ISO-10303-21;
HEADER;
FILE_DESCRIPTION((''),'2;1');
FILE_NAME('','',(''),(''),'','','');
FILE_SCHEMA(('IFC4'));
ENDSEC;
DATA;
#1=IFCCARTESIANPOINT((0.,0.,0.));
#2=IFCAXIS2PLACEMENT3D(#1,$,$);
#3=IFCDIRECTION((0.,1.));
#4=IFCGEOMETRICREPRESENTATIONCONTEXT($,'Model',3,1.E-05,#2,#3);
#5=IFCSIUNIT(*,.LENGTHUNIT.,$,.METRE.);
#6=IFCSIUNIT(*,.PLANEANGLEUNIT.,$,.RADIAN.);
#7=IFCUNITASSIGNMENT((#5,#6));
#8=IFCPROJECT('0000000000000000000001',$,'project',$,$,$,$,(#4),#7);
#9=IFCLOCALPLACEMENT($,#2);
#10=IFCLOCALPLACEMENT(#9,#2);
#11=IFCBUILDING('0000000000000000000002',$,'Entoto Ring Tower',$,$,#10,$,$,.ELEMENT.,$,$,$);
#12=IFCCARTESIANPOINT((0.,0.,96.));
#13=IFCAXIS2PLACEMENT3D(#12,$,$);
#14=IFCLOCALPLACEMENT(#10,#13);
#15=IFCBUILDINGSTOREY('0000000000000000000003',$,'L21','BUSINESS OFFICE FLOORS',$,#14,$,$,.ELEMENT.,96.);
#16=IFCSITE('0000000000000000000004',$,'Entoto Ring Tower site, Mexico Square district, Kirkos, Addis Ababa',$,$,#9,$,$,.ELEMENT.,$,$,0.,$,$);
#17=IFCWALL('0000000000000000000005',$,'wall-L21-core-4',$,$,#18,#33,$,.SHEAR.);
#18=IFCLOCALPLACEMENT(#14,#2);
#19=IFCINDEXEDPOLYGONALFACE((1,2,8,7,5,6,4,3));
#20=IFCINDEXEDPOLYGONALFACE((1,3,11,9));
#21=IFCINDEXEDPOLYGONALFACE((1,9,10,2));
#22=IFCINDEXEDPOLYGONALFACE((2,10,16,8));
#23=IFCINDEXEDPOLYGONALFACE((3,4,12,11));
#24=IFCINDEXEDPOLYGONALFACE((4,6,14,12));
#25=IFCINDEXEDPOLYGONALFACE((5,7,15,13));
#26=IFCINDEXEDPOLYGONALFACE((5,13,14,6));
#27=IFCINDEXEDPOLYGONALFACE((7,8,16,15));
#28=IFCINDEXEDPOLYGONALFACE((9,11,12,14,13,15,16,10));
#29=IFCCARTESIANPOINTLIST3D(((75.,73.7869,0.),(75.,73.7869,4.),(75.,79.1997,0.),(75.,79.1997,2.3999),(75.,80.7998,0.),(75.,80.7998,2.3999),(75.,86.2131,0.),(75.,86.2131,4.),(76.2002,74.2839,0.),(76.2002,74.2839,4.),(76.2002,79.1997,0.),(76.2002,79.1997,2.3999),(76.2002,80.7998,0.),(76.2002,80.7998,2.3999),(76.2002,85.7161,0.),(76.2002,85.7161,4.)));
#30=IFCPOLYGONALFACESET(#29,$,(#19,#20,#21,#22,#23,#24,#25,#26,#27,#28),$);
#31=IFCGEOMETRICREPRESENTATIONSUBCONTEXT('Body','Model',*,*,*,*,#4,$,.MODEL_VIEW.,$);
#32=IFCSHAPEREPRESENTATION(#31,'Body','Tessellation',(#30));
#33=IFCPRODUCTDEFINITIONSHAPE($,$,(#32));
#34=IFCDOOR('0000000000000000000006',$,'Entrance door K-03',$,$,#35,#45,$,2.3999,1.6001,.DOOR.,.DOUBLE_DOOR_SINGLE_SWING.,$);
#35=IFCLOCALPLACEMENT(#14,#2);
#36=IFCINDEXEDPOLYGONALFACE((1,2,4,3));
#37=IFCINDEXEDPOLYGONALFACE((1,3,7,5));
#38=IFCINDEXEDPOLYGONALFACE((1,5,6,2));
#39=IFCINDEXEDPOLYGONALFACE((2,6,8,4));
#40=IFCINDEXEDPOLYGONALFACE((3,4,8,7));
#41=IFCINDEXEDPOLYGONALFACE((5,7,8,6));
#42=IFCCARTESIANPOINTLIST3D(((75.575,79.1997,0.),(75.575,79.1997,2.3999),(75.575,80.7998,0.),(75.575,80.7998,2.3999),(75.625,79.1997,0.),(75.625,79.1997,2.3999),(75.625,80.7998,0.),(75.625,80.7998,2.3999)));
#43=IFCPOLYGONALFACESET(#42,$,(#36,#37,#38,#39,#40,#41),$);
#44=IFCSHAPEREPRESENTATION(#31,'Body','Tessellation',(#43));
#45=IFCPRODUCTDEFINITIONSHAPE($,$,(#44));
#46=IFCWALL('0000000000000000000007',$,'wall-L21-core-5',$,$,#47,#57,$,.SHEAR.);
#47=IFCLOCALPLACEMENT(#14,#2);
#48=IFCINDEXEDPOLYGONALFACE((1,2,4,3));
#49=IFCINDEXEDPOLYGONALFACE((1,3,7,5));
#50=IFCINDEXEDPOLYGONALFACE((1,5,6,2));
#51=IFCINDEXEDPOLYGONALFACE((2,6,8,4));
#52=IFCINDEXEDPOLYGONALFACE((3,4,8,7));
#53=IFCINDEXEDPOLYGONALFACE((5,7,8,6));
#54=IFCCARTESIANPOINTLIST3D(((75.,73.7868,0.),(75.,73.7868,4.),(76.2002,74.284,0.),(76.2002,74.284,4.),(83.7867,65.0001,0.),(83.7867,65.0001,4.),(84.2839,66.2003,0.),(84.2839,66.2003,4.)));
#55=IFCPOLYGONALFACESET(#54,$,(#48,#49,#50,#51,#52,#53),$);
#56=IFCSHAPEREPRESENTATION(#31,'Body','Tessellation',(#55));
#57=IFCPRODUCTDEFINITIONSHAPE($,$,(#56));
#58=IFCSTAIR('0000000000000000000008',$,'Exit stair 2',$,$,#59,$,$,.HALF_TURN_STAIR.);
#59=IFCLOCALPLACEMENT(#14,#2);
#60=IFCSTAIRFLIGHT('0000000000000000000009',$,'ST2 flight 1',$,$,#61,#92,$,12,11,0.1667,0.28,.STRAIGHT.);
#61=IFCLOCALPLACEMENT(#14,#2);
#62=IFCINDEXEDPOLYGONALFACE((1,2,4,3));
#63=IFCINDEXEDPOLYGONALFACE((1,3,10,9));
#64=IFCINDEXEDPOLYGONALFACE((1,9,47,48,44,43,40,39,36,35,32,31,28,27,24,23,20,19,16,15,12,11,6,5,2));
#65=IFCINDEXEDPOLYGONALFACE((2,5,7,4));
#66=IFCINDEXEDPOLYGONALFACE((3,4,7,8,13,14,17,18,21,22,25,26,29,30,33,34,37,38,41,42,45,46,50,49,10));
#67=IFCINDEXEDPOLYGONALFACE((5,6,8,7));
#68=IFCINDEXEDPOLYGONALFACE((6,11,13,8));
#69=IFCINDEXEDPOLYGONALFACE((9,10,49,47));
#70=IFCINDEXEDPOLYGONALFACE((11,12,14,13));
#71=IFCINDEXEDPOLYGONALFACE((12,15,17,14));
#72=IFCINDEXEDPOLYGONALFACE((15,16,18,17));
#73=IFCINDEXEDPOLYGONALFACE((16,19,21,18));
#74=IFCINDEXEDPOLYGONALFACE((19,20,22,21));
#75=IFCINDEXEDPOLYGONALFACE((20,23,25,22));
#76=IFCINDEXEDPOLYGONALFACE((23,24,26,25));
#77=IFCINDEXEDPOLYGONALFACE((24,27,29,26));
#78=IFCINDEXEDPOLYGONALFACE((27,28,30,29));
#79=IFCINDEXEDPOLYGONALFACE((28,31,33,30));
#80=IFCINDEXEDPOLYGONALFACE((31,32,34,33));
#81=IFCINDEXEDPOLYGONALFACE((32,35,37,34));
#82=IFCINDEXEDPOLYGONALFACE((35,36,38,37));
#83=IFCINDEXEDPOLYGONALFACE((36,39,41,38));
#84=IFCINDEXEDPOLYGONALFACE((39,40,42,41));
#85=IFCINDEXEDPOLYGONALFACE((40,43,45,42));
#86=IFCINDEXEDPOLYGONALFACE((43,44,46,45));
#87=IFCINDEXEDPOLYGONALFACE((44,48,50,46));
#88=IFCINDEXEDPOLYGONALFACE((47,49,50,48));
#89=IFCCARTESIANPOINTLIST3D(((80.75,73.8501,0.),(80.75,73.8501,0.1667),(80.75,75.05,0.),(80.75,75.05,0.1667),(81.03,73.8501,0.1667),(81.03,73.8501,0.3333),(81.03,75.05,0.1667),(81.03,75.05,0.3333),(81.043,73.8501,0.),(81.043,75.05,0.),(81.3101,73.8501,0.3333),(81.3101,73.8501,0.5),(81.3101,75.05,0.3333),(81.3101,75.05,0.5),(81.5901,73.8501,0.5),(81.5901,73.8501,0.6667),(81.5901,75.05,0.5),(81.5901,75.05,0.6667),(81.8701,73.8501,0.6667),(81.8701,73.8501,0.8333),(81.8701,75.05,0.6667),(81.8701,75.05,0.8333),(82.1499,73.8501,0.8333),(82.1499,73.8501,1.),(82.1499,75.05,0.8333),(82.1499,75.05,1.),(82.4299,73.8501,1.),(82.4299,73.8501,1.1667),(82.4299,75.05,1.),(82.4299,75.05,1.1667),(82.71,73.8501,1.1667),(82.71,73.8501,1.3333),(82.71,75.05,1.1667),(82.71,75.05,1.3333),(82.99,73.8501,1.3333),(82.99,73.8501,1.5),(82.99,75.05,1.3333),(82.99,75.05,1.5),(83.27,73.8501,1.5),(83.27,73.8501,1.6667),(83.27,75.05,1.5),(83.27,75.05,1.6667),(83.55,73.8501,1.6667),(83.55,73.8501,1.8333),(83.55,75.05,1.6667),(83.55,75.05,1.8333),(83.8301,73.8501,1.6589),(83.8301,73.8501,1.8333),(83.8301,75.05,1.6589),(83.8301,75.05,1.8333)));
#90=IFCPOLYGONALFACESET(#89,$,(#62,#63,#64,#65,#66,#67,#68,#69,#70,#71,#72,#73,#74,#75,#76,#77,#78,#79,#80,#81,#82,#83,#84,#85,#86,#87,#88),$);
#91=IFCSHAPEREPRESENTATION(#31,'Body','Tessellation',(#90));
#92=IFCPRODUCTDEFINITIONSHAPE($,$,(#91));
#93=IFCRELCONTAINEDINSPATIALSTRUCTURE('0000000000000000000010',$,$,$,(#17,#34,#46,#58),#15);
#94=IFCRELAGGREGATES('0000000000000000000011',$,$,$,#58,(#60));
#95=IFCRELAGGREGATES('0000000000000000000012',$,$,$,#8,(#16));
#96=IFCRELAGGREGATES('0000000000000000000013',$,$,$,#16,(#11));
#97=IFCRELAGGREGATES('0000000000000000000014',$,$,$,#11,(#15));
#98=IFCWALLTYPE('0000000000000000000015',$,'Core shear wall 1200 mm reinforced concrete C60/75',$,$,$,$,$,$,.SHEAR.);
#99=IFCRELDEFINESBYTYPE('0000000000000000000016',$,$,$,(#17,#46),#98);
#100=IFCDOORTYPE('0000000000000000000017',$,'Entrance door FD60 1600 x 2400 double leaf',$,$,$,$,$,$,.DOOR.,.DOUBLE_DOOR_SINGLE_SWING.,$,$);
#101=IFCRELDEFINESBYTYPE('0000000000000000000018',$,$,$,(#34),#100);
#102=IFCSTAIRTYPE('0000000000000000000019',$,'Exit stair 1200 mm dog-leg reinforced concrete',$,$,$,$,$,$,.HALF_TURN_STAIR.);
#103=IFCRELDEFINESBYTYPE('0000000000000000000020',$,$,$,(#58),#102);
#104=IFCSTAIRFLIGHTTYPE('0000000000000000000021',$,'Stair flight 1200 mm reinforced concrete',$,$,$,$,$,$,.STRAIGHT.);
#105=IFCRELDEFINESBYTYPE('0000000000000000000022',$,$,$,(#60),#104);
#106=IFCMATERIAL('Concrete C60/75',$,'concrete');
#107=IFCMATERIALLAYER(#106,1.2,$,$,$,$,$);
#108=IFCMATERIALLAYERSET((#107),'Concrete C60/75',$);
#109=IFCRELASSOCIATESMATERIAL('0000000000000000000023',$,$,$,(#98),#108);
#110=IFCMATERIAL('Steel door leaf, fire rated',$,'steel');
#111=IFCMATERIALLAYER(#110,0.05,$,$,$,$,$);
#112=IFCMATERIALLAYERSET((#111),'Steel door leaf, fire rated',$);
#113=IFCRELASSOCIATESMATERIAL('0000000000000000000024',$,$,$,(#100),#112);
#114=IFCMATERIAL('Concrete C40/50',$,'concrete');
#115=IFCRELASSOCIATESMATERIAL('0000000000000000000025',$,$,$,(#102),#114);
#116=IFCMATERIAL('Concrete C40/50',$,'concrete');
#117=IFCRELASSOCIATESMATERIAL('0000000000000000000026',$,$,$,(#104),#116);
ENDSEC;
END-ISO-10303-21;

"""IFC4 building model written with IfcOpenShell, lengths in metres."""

from ifc_helpers import new_model, si_unit, direction, frame, frame_2d, origin, place, context, subcontext, project, spatial, polyline, rectangle, outline, extrude, material, layer, layer_set, type_object, element, fill, aggregate, save


model = new_model("IFC4")

# Units and contexts
model_context = context("Model", 3, precision=1e-05, world=origin(), true_north=direction((0.0, 1.0)))
body_context = subcontext(model_context, "Body", "Model", "MODEL_VIEW")
ifc_project = project(units=[si_unit("LENGTHUNIT", "METRE"), si_unit("PLANEANGLEUNIT", "RADIAN")], contexts=[model_context])

# Site, building, storey
site_placement = place(None, origin())
site = spatial("IfcSite", under=ifc_project, at=site_placement, Name="Entoto Ring Tower site, Mexico Square district, Kirkos, Addis Ababa", CompositionType="ELEMENT", RefElevation=0.0)
building_placement = place(site_placement, origin())
building = spatial("IfcBuilding", under=site, at=building_placement, Name="Entoto Ring Tower", CompositionType="ELEMENT")
storey_placement = place(building_placement, frame((0.0, 0.0, 96.0)))
storey = spatial("IfcBuildingStorey", under=building, at=storey_placement, Name="L21", Description="BUSINESS OFFICE FLOORS", CompositionType="ELEMENT", Elevation=96.0)

# Wall, opening, door
ifc_material_1 = material(Name="Concrete C60/75", Category="concrete")
ifc_layer_1 = layer(ifc_material_1, 1.2)
ifc_layer_set_1 = layer_set([ifc_layer_1], Name="Concrete C60/75")
wall_type_1 = type_object("IfcWallType", Name="Core shear wall 1200 mm reinforced concrete C60/75", PredefinedType="SHEAR", material=ifc_layer_set_1)
wall_1_placement = place(storey_placement, frame((75.6001, 85.9646, 0.0), z_axis=(0.0, 0.0, 1.0), x_axis=(0.0, -1.0, 0.0)))
wall_1 = element("IfcWall", 1, at=wall_1_placement, inside=storey, type_object=wall_type_1, Name="wall-L21-core-4", PredefinedType="SHEAR", context=body_context, shape_type="SweptSolid", body=[
    extrude(outline(polyline([(-0.2485, -0.6001), (12.1777, -0.6001), (11.6807, 0.6001), (0.2485, 0.6001), (-0.2485, -0.6001)])), origin(), (0.0, 0.0, 1.0), 4.0),
])
opening_1_placement = place(wall_1_placement, frame((5.1648, 0.0, 0.0)))
opening_1 = element("IfcOpeningElement", 2, at=opening_1_placement, cuts=wall_1, PredefinedType="OPENING", context=body_context, shape_type="SweptSolid", body=[
    extrude(rectangle(XDim=1.6001, YDim=2.3999, at=frame_2d((0.8, 1.2))), frame((0.0, 0.6099, 0.0), z_axis=(0.0, -1.0, 0.0), x_axis=(1.0, 0.0, 0.0)), (0.0, 0.0, 1.0), 1.22),
])
ifc_material_2 = material(Name="Steel door leaf, fire rated", Category="steel")
ifc_layer_2 = layer(ifc_material_2, 0.05)
ifc_layer_set_2 = layer_set([ifc_layer_2], Name="Steel door leaf, fire rated")
door_type_1 = type_object("IfcDoorType", Name="Entrance door FD60 1600 x 2400 double leaf", OperationType="DOUBLE_DOOR_SINGLE_SWING", PredefinedType="DOOR", material=ifc_layer_set_2)
door_1_placement = place(opening_1_placement, origin())
door_1 = element("IfcDoor", 3, at=door_1_placement, inside=storey, type_object=door_type_1, Name="Entrance door K-03", OperationType="DOUBLE_DOOR_SINGLE_SWING", OverallHeight=2.3999, OverallWidth=1.6001, PredefinedType="DOOR", context=body_context, shape_type="SweptSolid", body=[
    extrude(rectangle(XDim=1.6001, YDim=2.3999, at=frame_2d((0.8, 1.2))), frame((0.0, 0.0249, 0.0), z_axis=(0.0, -1.0, 0.0), x_axis=(1.0, 0.0, 0.0)), (0.0, 0.0, 1.0), 0.05),
])
fill(opening_1, door_1)

# Wall
wall_2_placement = place(storey_placement, frame((75.6001, 74.0354, 0.0), z_axis=(0.0, 0.0, 1.0), x_axis=(0.707107, -0.707107, 0.0)))
element("IfcWall", 4, at=wall_2_placement, inside=storey, type_object=wall_type_1, Name="wall-L21-core-5", PredefinedType="SHEAR", context=body_context, shape_type="SweptSolid", body=[
    extrude(outline(polyline([(-0.2485, -0.6001), (12.1777, -0.6001), (11.6807, 0.6001), (0.2485, 0.6001), (-0.2485, -0.6001)])), origin(), (0.0, 0.0, 1.0), 4.0),
])

# Stair, stair flight
ifc_material_3 = material(Name="Concrete C40/50", Category="concrete")
stair_type = type_object("IfcStairType", Name="Exit stair 1200 mm dog-leg reinforced concrete", PredefinedType="HALF_TURN_STAIR", material=ifc_material_3)
stair_placement = place(storey_placement, origin())
stair = element("IfcStair", 5, at=stair_placement, inside=storey, type_object=stair_type, Name="Exit stair 2", PredefinedType="HALF_TURN_STAIR")
ifc_material_4 = material(Name="Concrete C40/50", Category="concrete")
stair_flight_type = type_object("IfcStairFlightType", Name="Stair flight 1200 mm reinforced concrete", PredefinedType="STRAIGHT", material=ifc_material_4)
stair_flight_placement = place(storey_placement, frame((80.75, 74.45, 0.0), z_axis=(0.0, 0.0, 1.0), x_axis=(1.0, 0.0, 0.0)))
stair_flight = element("IfcStairFlight", 6, at=stair_flight_placement, type_object=stair_flight_type, Name="ST2 flight 1", NumberOfRisers=12, NumberOfTreads=11, PredefinedType="STRAIGHT", RiserHeight=0.1667, TreadLength=0.28, context=body_context, shape_type="SweptSolid", body=[
    extrude(outline(polyline([(0.0, 0.0), (0.0, 0.1667), (0.28, 0.1667), (0.28, 0.3333), (0.5601, 0.3333), (0.5601, 0.5), (0.8401, 0.5), (0.8401, 0.6667), (1.1201, 0.6667), (1.1201, 0.8333), (1.3999, 0.8333), (1.3999, 1.0), (1.6799, 1.0), (1.6799, 1.1667), (1.96, 1.1667), (1.96, 1.3333), (2.24, 1.3333), (2.24, 1.5), (2.52, 1.5), (2.52, 1.6667), (2.8, 1.6667), (2.8, 1.8333), (3.0801, 1.8333), (3.0801, 2.0), (3.0801, 1.6589), (0.293, 0.0), (0.0, 0.0)])), frame((0.0, 0.6001, 0.0), z_axis=(0.0, -1.0, 0.0), x_axis=(1.0, 0.0, 0.0)), (0.0, 0.0, 1.0), 1.2),
])
aggregate(stair, [stair_flight])

save(model, "model.ifc")
